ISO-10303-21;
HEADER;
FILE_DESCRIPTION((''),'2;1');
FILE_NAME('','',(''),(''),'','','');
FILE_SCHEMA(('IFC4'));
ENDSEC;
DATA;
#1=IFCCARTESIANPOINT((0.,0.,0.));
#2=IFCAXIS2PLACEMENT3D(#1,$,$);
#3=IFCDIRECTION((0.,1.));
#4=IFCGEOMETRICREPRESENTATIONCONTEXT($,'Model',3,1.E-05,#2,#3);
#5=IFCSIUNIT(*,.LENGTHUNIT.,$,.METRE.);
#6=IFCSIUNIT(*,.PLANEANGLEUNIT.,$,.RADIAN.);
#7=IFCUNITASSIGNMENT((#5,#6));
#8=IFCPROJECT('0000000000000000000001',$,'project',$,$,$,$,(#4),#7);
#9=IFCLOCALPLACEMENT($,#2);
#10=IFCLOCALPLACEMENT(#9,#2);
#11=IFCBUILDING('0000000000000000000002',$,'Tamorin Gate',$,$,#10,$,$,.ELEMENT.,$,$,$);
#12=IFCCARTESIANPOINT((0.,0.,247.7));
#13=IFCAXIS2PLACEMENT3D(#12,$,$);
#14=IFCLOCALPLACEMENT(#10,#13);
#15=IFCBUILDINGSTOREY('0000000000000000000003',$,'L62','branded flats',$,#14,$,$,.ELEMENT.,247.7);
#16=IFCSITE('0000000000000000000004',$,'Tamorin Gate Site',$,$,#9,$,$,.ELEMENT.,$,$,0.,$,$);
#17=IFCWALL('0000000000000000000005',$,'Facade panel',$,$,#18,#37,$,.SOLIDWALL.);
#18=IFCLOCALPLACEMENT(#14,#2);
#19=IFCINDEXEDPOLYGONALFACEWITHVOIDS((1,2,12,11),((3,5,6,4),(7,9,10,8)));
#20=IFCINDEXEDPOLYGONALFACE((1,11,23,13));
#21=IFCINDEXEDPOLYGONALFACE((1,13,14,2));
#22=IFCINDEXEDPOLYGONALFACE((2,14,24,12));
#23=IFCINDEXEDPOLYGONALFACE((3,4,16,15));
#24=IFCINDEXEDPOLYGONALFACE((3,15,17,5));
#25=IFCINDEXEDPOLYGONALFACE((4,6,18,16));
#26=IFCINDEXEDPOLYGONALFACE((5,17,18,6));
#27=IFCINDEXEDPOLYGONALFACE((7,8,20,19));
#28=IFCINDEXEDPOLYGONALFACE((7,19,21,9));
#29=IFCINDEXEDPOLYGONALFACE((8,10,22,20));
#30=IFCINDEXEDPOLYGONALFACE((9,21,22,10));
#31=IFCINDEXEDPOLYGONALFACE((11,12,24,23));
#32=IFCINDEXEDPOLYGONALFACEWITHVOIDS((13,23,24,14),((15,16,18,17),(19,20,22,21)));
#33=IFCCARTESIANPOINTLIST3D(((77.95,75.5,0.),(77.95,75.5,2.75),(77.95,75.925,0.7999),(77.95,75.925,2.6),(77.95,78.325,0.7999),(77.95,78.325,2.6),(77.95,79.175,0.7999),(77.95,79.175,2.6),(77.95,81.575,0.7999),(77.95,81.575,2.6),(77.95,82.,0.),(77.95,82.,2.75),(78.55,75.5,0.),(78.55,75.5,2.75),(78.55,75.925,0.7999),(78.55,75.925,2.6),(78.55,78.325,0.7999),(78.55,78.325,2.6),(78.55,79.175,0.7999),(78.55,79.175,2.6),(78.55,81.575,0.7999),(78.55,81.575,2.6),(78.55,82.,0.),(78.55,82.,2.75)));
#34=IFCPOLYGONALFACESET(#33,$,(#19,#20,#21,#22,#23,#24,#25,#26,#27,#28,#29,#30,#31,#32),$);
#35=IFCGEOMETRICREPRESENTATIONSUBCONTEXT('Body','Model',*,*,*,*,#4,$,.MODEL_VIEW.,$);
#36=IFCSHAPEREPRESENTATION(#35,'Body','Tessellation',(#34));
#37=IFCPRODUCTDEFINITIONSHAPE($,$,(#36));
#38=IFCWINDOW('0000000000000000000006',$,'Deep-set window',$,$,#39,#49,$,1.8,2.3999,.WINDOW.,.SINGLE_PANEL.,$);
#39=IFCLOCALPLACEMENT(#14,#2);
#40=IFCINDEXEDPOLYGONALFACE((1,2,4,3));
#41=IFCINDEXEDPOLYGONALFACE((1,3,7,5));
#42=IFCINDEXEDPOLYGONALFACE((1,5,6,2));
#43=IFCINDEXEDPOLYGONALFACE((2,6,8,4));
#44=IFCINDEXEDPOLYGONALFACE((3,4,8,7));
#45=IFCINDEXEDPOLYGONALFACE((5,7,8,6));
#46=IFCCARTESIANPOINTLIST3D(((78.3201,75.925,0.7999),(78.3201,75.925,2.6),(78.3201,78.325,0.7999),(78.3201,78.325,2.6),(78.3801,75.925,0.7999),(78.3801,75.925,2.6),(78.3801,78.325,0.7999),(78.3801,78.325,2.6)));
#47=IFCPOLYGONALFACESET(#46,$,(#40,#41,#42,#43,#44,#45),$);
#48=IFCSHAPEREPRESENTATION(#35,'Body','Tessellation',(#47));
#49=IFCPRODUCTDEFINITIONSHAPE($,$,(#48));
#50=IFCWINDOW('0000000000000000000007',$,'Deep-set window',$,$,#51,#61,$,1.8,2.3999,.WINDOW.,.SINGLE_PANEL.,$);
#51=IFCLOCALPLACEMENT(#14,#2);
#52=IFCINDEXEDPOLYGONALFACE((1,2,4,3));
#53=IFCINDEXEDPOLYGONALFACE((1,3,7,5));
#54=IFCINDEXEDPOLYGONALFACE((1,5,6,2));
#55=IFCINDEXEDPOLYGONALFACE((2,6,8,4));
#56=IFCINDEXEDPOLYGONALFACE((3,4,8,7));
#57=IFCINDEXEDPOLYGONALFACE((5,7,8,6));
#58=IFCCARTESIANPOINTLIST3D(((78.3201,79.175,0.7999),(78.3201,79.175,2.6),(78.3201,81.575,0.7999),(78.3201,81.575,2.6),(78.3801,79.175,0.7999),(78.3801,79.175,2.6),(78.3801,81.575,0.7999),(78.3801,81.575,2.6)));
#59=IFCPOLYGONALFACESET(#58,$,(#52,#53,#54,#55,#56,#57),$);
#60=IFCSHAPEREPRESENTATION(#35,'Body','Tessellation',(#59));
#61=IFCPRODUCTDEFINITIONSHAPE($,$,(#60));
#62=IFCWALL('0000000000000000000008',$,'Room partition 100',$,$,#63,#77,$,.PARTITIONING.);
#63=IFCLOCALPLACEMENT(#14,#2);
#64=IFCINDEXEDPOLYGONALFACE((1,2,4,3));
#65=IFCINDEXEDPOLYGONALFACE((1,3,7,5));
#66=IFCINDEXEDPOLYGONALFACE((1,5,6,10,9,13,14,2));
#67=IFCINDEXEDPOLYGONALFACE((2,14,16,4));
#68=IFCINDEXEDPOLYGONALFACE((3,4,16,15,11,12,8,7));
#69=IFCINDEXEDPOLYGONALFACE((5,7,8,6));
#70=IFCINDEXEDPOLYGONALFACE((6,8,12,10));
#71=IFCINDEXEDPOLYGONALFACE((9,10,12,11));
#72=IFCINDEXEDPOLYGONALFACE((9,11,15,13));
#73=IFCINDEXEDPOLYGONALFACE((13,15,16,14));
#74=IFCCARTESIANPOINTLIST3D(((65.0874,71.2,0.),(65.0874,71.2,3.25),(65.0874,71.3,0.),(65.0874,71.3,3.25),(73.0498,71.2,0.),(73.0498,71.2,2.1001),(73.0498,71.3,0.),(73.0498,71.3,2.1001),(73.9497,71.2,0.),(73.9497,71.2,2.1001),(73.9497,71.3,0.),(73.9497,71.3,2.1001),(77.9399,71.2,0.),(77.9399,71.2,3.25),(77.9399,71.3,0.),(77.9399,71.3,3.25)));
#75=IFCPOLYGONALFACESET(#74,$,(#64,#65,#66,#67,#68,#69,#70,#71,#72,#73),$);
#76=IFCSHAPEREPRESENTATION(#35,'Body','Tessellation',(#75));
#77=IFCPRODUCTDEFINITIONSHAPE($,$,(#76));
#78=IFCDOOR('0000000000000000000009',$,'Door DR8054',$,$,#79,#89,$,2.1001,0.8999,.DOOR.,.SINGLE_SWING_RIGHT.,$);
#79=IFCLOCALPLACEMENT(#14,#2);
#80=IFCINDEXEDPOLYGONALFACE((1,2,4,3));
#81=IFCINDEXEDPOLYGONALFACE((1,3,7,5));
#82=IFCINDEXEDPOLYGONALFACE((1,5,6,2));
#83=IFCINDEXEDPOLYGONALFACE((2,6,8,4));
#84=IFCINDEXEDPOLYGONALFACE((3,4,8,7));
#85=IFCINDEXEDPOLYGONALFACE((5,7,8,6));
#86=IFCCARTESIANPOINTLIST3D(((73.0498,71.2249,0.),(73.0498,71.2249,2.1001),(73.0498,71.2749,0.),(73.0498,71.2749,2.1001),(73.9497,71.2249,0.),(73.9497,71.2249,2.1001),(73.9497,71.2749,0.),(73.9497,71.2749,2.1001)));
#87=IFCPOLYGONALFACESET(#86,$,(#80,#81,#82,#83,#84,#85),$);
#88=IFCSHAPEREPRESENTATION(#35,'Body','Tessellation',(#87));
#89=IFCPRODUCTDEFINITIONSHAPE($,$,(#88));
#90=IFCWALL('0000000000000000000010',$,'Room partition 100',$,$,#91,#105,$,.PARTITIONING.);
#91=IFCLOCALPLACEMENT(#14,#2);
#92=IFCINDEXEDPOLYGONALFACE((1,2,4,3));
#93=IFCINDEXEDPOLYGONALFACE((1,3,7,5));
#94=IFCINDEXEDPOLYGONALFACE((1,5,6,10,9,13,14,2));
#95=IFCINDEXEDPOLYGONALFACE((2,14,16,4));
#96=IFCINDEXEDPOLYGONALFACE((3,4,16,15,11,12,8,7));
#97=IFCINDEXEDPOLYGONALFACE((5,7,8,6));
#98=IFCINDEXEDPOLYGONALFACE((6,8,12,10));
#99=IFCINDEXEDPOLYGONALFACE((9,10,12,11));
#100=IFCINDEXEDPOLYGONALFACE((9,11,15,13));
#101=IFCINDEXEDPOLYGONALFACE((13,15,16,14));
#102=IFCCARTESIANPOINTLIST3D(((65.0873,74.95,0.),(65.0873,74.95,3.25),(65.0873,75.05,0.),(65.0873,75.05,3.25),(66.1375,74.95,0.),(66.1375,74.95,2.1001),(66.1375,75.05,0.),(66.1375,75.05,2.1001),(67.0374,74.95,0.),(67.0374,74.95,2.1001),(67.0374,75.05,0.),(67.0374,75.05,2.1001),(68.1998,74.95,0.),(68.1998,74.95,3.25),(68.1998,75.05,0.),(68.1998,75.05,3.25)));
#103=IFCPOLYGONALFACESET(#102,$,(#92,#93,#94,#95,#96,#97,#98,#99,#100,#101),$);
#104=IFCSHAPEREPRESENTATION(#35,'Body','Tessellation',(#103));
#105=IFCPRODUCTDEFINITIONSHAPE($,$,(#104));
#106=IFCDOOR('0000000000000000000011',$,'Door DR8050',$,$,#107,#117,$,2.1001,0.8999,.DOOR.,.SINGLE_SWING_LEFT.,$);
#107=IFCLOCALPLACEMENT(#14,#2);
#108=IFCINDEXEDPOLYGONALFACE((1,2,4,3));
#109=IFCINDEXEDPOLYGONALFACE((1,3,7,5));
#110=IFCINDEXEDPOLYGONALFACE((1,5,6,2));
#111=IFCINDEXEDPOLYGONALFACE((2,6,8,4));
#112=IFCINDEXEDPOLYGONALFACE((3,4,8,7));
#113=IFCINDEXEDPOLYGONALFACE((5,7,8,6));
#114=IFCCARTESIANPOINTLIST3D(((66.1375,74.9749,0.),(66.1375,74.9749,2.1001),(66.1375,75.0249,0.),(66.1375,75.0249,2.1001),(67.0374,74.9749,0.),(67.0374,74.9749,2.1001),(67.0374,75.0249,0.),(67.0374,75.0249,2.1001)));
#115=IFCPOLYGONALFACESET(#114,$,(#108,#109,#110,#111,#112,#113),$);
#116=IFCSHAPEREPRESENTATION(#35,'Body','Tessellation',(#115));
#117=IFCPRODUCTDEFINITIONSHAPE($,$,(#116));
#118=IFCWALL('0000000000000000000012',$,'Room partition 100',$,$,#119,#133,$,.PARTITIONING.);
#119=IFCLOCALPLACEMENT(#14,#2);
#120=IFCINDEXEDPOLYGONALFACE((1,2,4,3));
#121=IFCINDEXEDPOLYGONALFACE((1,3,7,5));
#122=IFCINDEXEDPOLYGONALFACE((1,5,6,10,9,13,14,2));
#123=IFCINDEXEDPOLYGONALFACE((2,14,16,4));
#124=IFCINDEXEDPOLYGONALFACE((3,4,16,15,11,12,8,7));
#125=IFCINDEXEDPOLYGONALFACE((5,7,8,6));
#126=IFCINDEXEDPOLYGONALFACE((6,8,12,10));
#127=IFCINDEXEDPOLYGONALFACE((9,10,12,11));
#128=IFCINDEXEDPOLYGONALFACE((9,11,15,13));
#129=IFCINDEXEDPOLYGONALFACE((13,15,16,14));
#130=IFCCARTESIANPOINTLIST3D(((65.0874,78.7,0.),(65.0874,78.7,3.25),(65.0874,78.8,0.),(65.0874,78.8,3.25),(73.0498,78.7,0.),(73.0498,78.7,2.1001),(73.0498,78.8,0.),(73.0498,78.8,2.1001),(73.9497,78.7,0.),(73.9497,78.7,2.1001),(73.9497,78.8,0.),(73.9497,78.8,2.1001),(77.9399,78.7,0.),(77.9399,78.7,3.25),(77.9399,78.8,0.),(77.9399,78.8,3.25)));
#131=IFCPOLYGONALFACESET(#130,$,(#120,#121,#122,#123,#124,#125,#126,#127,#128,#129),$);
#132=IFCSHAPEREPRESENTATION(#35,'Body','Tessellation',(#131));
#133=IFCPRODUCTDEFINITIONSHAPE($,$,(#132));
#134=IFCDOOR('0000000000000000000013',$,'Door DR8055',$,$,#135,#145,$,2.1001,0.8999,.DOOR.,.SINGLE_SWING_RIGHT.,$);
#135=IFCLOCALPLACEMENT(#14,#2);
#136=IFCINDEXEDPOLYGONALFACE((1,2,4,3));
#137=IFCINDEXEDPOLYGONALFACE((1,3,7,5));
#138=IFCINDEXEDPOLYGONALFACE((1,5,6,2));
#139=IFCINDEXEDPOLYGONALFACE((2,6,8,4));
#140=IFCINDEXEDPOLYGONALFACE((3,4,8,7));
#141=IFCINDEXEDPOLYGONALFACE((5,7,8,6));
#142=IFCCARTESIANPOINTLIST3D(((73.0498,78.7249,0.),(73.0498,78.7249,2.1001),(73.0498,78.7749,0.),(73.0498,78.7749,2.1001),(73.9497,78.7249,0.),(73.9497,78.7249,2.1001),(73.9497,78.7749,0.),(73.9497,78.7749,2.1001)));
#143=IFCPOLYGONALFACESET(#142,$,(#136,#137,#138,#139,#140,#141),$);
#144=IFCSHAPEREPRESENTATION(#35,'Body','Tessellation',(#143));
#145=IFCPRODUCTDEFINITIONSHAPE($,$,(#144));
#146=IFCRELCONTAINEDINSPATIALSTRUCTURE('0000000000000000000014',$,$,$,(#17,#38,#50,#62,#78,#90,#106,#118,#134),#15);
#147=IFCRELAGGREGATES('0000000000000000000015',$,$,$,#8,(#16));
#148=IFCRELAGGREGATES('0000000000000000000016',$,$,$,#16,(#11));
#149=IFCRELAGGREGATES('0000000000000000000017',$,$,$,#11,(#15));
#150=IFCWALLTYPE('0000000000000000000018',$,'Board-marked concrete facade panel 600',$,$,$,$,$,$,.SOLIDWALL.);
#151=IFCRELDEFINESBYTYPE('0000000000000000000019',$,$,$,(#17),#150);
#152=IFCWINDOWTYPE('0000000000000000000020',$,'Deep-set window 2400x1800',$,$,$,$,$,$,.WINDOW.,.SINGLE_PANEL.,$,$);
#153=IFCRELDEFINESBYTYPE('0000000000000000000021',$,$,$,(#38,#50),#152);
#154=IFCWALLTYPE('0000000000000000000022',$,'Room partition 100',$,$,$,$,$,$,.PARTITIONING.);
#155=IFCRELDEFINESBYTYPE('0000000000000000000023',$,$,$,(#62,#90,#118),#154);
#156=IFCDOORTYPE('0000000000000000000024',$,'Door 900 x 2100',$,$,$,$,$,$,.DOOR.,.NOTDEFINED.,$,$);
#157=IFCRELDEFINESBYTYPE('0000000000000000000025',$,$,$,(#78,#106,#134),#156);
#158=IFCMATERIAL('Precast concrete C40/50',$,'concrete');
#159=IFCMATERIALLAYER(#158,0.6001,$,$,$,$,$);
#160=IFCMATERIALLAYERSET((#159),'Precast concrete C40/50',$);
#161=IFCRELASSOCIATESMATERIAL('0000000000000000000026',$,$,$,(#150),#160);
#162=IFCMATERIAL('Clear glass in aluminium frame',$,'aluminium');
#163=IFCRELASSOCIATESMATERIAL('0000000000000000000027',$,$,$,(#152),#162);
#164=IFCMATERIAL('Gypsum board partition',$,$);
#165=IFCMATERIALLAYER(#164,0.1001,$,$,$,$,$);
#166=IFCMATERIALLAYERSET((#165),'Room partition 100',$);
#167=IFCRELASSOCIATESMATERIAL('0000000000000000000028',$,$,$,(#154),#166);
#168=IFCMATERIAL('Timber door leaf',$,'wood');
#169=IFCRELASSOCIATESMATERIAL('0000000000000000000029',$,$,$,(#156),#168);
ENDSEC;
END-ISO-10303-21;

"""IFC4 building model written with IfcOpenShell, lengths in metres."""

from ifc_helpers import new_model, si_unit, direction, frame, frame_2d, origin, place, context, subcontext, project, spatial, rectangle, extrude, material, layer, layer_set, type_object, element, fill, save


model = new_model("IFC4")

# Units and contexts
model_context = context("Model", 3, precision=1e-05, world=origin(), true_north=direction((0.0, 1.0)))
body_context = subcontext(model_context, "Body", "Model", "MODEL_VIEW")
ifc_project = project(units=[si_unit("LENGTHUNIT", "METRE"), si_unit("PLANEANGLEUNIT", "RADIAN")], contexts=[model_context])

# Site, building, storey
site_placement = place(None, origin())
site = spatial("IfcSite", under=ifc_project, at=site_placement, Name="Tamorin Gate Site", CompositionType="ELEMENT", RefElevation=0.0)
building_placement = place(site_placement, origin())
building = spatial("IfcBuilding", under=site, at=building_placement, Name="Tamorin Gate", CompositionType="ELEMENT")
storey_placement = place(building_placement, frame((0.0, 0.0, 247.7)))
storey = spatial("IfcBuildingStorey", under=building, at=storey_placement, Name="L62", Description="branded flats", CompositionType="ELEMENT", Elevation=247.7)

# Wall, openings, windows
ifc_material_1 = material(Name="Precast concrete C40/50", Category="concrete")
ifc_layer_1 = layer(ifc_material_1, 0.6001)
ifc_layer_set_1 = layer_set([ifc_layer_1], Name="Precast concrete C40/50")
wall_type_1 = type_object("IfcWallType", Name="Board-marked concrete facade panel 600", PredefinedType="SOLIDWALL", material=ifc_layer_set_1)
ifc_material_2 = material(Name="Clear glass in aluminium frame", Category="aluminium")
window_type = type_object("IfcWindowType", Name="Deep-set window 2400x1800", PartitioningType="SINGLE_PANEL", PredefinedType="WINDOW", material=ifc_material_2)
wall_1_placement = place(storey_placement, frame((78.25, 75.5, 0.0), z_axis=(0.0, 0.0, 1.0), x_axis=(0.0, 1.0, 0.0)))
wall_1 = element("IfcWall", 1, at=wall_1_placement, inside=storey, type_object=wall_type_1, Name="Facade panel", PredefinedType="SOLIDWALL", context=body_context, shape_type="SweptSolid", body=[
    extrude(rectangle(XDim=6.5, YDim=0.6001, at=frame_2d((3.25, 0.0))), origin(), (0.0, 0.0, 1.0), 2.75),
])
opening_1_placement = place(wall_1_placement, frame((0.425, 0.0, 0.8)))
opening_1 = element("IfcOpeningElement", 2, at=opening_1_placement, cuts=wall_1, PredefinedType="OPENING", context=body_context, shape_type="SweptSolid", body=[
    extrude(rectangle(XDim=2.3999, YDim=1.8, at=frame_2d((1.2, 0.8999))), frame((0.0, 0.3101, 0.0), z_axis=(0.0, -1.0, 0.0), x_axis=(1.0, 0.0, 0.0)), (0.0, 0.0, 1.0), 0.6201),
])
opening_2_placement = place(wall_1_placement, frame((3.675, 0.0, 0.8)))
opening_2 = element("IfcOpeningElement", 3, at=opening_2_placement, cuts=wall_1, PredefinedType="OPENING", context=body_context, shape_type="SweptSolid", body=[
    extrude(rectangle(XDim=2.3999, YDim=1.8, at=frame_2d((1.2, 0.8999))), frame((0.0, 0.3101, 0.0), z_axis=(0.0, -1.0, 0.0), x_axis=(1.0, 0.0, 0.0)), (0.0, 0.0, 1.0), 0.6201),
])
window_1_placement = place(opening_1_placement, origin())
window_1 = element("IfcWindow", 4, at=window_1_placement, inside=storey, type_object=window_type, Name="Deep-set window", OverallHeight=1.8, OverallWidth=2.3999, PartitioningType="SINGLE_PANEL", PredefinedType="WINDOW", context=body_context, shape_type="SweptSolid", body=[
    extrude(rectangle(XDim=2.3999, YDim=1.8, at=frame_2d((1.2, 0.8999))), frame((0.0, -0.0701, 0.0), z_axis=(0.0, -1.0, 0.0), x_axis=(1.0, 0.0, 0.0)), (0.0, 0.0, 1.0), 0.0601),
])
fill(opening_1, window_1)
window_2_placement = place(opening_2_placement, origin())
window_2 = element("IfcWindow", 5, at=window_2_placement, inside=storey, type_object=window_type, Name="Deep-set window", OverallHeight=1.8, OverallWidth=2.3999, PartitioningType="SINGLE_PANEL", PredefinedType="WINDOW", context=body_context, shape_type="SweptSolid", body=[
    extrude(rectangle(XDim=2.3999, YDim=1.8, at=frame_2d((1.2, 0.8999))), frame((0.0, -0.0701, 0.0), z_axis=(0.0, -1.0, 0.0), x_axis=(1.0, 0.0, 0.0)), (0.0, 0.0, 1.0), 0.0601),
])
fill(opening_2, window_2)

# Walls, openings, doors
ifc_material_3 = material(Name="Gypsum board partition")
ifc_layer_2 = layer(ifc_material_3, 0.1001)
ifc_layer_set_2 = layer_set([ifc_layer_2], Name="Room partition 100")
wall_type_2 = type_object("IfcWallType", Name="Room partition 100", PredefinedType="PARTITIONING", material=ifc_layer_set_2)
wall_2_placement = place(storey_placement, frame((65.0874, 71.25, 0.0), z_axis=(0.0, 0.0, 1.0), x_axis=(1.0, 0.0, 0.0)))
wall_2 = element("IfcWall", 6, at=wall_2_placement, inside=storey, type_object=wall_type_2, Name="Room partition 100", PredefinedType="PARTITIONING", context=body_context, shape_type="SweptSolid", body=[
    extrude(rectangle(XDim=12.8525, YDim=0.1001, at=frame_2d((6.4263, 0.0))), origin(), (0.0, 0.0, 1.0), 3.25),
])
opening_3_placement = place(wall_2_placement, frame((7.9624, 0.0, 0.0)))
opening_3 = element("IfcOpeningElement", 7, at=opening_3_placement, cuts=wall_2, PredefinedType="OPENING", context=body_context, shape_type="SweptSolid", body=[
    extrude(rectangle(XDim=0.8999, YDim=2.1001, at=frame_2d((0.45, 1.05))), frame((0.0, 0.0601, 0.0), z_axis=(0.0, -1.0, 0.0), x_axis=(1.0, 0.0, 0.0)), (0.0, 0.0, 1.0), 0.1201),
])
ifc_material_4 = material(Name="Timber door leaf", Category="wood")
door_type = type_object("IfcDoorType", Name="Door 900 x 2100", OperationType="NOTDEFINED", PredefinedType="DOOR", material=ifc_material_4)
door_1_placement = place(opening_3_placement, origin())
door_1 = element("IfcDoor", 8, at=door_1_placement, inside=storey, type_object=door_type, Name="Door DR8054", OperationType="SINGLE_SWING_RIGHT", OverallHeight=2.1001, OverallWidth=0.8999, PredefinedType="DOOR", context=body_context, shape_type="SweptSolid", body=[
    extrude(rectangle(XDim=0.8999, YDim=2.1001, at=frame_2d((0.45, 1.05))), frame((0.0, 0.0249, 0.0), z_axis=(0.0, -1.0, 0.0), x_axis=(1.0, 0.0, 0.0)), (0.0, 0.0, 1.0), 0.05),
])
fill(opening_3, door_1)
wall_3_placement = place(storey_placement, frame((65.0874, 75.0, 0.0), z_axis=(0.0, 0.0, 1.0), x_axis=(1.0, 0.0, 0.0)))
wall_3 = element("IfcWall", 9, at=wall_3_placement, inside=storey, type_object=wall_type_2, Name="Room partition 100", PredefinedType="PARTITIONING", context=body_context, shape_type="SweptSolid", body=[
    extrude(rectangle(XDim=3.1125, YDim=0.1001, at=frame_2d((1.5562, 0.0))), origin(), (0.0, 0.0, 1.0), 3.25),
])
opening_4_placement = place(wall_3_placement, frame((1.05, 0.0, 0.0)))
opening_4 = element("IfcOpeningElement", 10, at=opening_4_placement, cuts=wall_3, PredefinedType="OPENING", context=body_context, shape_type="SweptSolid", body=[
    extrude(rectangle(XDim=0.8999, YDim=2.1001, at=frame_2d((0.45, 1.05))), frame((0.0, 0.0601, 0.0), z_axis=(0.0, -1.0, 0.0), x_axis=(1.0, 0.0, 0.0)), (0.0, 0.0, 1.0), 0.1201),
])
door_2_placement = place(opening_4_placement, origin())
door_2 = element("IfcDoor", 11, at=door_2_placement, inside=storey, type_object=door_type, Name="Door DR8050", OperationType="SINGLE_SWING_LEFT", OverallHeight=2.1001, OverallWidth=0.8999, PredefinedType="DOOR", context=body_context, shape_type="SweptSolid", body=[
    extrude(rectangle(XDim=0.8999, YDim=2.1001, at=frame_2d((0.45, 1.05))), frame((0.0, 0.0249, 0.0), z_axis=(0.0, -1.0, 0.0), x_axis=(1.0, 0.0, 0.0)), (0.0, 0.0, 1.0), 0.05),
])
fill(opening_4, door_2)
wall_4_placement = place(storey_placement, frame((65.0874, 78.75, 0.0), z_axis=(0.0, 0.0, 1.0), x_axis=(1.0, 0.0, 0.0)))
wall_4 = element("IfcWall", 12, at=wall_4_placement, inside=storey, type_object=wall_type_2, Name="Room partition 100", PredefinedType="PARTITIONING", context=body_context, shape_type="SweptSolid", body=[
    extrude(rectangle(XDim=12.8525, YDim=0.1001, at=frame_2d((6.4263, 0.0))), origin(), (0.0, 0.0, 1.0), 3.25),
])
opening_5_placement = place(wall_4_placement, frame((7.9624, 0.0, 0.0)))
opening_5 = element("IfcOpeningElement", 13, at=opening_5_placement, cuts=wall_4, PredefinedType="OPENING", context=body_context, shape_type="SweptSolid", body=[
    extrude(rectangle(XDim=0.8999, YDim=2.1001, at=frame_2d((0.45, 1.05))), frame((0.0, 0.0601, 0.0), z_axis=(0.0, -1.0, 0.0), x_axis=(1.0, 0.0, 0.0)), (0.0, 0.0, 1.0), 0.1201),
])
door_3_placement = place(opening_5_placement, origin())
door_3 = element("IfcDoor", 14, at=door_3_placement, inside=storey, type_object=door_type, Name="Door DR8055", OperationType="SINGLE_SWING_RIGHT", OverallHeight=2.1001, OverallWidth=0.8999, PredefinedType="DOOR", context=body_context, shape_type="SweptSolid", body=[
    extrude(rectangle(XDim=0.8999, YDim=2.1001, at=frame_2d((0.45, 1.05))), frame((0.0, 0.0249, 0.0), z_axis=(0.0, -1.0, 0.0), x_axis=(1.0, 0.0, 0.0)), (0.0, 0.0, 1.0), 0.05),
])
fill(opening_5, door_3)

save(model, "model.ifc")
